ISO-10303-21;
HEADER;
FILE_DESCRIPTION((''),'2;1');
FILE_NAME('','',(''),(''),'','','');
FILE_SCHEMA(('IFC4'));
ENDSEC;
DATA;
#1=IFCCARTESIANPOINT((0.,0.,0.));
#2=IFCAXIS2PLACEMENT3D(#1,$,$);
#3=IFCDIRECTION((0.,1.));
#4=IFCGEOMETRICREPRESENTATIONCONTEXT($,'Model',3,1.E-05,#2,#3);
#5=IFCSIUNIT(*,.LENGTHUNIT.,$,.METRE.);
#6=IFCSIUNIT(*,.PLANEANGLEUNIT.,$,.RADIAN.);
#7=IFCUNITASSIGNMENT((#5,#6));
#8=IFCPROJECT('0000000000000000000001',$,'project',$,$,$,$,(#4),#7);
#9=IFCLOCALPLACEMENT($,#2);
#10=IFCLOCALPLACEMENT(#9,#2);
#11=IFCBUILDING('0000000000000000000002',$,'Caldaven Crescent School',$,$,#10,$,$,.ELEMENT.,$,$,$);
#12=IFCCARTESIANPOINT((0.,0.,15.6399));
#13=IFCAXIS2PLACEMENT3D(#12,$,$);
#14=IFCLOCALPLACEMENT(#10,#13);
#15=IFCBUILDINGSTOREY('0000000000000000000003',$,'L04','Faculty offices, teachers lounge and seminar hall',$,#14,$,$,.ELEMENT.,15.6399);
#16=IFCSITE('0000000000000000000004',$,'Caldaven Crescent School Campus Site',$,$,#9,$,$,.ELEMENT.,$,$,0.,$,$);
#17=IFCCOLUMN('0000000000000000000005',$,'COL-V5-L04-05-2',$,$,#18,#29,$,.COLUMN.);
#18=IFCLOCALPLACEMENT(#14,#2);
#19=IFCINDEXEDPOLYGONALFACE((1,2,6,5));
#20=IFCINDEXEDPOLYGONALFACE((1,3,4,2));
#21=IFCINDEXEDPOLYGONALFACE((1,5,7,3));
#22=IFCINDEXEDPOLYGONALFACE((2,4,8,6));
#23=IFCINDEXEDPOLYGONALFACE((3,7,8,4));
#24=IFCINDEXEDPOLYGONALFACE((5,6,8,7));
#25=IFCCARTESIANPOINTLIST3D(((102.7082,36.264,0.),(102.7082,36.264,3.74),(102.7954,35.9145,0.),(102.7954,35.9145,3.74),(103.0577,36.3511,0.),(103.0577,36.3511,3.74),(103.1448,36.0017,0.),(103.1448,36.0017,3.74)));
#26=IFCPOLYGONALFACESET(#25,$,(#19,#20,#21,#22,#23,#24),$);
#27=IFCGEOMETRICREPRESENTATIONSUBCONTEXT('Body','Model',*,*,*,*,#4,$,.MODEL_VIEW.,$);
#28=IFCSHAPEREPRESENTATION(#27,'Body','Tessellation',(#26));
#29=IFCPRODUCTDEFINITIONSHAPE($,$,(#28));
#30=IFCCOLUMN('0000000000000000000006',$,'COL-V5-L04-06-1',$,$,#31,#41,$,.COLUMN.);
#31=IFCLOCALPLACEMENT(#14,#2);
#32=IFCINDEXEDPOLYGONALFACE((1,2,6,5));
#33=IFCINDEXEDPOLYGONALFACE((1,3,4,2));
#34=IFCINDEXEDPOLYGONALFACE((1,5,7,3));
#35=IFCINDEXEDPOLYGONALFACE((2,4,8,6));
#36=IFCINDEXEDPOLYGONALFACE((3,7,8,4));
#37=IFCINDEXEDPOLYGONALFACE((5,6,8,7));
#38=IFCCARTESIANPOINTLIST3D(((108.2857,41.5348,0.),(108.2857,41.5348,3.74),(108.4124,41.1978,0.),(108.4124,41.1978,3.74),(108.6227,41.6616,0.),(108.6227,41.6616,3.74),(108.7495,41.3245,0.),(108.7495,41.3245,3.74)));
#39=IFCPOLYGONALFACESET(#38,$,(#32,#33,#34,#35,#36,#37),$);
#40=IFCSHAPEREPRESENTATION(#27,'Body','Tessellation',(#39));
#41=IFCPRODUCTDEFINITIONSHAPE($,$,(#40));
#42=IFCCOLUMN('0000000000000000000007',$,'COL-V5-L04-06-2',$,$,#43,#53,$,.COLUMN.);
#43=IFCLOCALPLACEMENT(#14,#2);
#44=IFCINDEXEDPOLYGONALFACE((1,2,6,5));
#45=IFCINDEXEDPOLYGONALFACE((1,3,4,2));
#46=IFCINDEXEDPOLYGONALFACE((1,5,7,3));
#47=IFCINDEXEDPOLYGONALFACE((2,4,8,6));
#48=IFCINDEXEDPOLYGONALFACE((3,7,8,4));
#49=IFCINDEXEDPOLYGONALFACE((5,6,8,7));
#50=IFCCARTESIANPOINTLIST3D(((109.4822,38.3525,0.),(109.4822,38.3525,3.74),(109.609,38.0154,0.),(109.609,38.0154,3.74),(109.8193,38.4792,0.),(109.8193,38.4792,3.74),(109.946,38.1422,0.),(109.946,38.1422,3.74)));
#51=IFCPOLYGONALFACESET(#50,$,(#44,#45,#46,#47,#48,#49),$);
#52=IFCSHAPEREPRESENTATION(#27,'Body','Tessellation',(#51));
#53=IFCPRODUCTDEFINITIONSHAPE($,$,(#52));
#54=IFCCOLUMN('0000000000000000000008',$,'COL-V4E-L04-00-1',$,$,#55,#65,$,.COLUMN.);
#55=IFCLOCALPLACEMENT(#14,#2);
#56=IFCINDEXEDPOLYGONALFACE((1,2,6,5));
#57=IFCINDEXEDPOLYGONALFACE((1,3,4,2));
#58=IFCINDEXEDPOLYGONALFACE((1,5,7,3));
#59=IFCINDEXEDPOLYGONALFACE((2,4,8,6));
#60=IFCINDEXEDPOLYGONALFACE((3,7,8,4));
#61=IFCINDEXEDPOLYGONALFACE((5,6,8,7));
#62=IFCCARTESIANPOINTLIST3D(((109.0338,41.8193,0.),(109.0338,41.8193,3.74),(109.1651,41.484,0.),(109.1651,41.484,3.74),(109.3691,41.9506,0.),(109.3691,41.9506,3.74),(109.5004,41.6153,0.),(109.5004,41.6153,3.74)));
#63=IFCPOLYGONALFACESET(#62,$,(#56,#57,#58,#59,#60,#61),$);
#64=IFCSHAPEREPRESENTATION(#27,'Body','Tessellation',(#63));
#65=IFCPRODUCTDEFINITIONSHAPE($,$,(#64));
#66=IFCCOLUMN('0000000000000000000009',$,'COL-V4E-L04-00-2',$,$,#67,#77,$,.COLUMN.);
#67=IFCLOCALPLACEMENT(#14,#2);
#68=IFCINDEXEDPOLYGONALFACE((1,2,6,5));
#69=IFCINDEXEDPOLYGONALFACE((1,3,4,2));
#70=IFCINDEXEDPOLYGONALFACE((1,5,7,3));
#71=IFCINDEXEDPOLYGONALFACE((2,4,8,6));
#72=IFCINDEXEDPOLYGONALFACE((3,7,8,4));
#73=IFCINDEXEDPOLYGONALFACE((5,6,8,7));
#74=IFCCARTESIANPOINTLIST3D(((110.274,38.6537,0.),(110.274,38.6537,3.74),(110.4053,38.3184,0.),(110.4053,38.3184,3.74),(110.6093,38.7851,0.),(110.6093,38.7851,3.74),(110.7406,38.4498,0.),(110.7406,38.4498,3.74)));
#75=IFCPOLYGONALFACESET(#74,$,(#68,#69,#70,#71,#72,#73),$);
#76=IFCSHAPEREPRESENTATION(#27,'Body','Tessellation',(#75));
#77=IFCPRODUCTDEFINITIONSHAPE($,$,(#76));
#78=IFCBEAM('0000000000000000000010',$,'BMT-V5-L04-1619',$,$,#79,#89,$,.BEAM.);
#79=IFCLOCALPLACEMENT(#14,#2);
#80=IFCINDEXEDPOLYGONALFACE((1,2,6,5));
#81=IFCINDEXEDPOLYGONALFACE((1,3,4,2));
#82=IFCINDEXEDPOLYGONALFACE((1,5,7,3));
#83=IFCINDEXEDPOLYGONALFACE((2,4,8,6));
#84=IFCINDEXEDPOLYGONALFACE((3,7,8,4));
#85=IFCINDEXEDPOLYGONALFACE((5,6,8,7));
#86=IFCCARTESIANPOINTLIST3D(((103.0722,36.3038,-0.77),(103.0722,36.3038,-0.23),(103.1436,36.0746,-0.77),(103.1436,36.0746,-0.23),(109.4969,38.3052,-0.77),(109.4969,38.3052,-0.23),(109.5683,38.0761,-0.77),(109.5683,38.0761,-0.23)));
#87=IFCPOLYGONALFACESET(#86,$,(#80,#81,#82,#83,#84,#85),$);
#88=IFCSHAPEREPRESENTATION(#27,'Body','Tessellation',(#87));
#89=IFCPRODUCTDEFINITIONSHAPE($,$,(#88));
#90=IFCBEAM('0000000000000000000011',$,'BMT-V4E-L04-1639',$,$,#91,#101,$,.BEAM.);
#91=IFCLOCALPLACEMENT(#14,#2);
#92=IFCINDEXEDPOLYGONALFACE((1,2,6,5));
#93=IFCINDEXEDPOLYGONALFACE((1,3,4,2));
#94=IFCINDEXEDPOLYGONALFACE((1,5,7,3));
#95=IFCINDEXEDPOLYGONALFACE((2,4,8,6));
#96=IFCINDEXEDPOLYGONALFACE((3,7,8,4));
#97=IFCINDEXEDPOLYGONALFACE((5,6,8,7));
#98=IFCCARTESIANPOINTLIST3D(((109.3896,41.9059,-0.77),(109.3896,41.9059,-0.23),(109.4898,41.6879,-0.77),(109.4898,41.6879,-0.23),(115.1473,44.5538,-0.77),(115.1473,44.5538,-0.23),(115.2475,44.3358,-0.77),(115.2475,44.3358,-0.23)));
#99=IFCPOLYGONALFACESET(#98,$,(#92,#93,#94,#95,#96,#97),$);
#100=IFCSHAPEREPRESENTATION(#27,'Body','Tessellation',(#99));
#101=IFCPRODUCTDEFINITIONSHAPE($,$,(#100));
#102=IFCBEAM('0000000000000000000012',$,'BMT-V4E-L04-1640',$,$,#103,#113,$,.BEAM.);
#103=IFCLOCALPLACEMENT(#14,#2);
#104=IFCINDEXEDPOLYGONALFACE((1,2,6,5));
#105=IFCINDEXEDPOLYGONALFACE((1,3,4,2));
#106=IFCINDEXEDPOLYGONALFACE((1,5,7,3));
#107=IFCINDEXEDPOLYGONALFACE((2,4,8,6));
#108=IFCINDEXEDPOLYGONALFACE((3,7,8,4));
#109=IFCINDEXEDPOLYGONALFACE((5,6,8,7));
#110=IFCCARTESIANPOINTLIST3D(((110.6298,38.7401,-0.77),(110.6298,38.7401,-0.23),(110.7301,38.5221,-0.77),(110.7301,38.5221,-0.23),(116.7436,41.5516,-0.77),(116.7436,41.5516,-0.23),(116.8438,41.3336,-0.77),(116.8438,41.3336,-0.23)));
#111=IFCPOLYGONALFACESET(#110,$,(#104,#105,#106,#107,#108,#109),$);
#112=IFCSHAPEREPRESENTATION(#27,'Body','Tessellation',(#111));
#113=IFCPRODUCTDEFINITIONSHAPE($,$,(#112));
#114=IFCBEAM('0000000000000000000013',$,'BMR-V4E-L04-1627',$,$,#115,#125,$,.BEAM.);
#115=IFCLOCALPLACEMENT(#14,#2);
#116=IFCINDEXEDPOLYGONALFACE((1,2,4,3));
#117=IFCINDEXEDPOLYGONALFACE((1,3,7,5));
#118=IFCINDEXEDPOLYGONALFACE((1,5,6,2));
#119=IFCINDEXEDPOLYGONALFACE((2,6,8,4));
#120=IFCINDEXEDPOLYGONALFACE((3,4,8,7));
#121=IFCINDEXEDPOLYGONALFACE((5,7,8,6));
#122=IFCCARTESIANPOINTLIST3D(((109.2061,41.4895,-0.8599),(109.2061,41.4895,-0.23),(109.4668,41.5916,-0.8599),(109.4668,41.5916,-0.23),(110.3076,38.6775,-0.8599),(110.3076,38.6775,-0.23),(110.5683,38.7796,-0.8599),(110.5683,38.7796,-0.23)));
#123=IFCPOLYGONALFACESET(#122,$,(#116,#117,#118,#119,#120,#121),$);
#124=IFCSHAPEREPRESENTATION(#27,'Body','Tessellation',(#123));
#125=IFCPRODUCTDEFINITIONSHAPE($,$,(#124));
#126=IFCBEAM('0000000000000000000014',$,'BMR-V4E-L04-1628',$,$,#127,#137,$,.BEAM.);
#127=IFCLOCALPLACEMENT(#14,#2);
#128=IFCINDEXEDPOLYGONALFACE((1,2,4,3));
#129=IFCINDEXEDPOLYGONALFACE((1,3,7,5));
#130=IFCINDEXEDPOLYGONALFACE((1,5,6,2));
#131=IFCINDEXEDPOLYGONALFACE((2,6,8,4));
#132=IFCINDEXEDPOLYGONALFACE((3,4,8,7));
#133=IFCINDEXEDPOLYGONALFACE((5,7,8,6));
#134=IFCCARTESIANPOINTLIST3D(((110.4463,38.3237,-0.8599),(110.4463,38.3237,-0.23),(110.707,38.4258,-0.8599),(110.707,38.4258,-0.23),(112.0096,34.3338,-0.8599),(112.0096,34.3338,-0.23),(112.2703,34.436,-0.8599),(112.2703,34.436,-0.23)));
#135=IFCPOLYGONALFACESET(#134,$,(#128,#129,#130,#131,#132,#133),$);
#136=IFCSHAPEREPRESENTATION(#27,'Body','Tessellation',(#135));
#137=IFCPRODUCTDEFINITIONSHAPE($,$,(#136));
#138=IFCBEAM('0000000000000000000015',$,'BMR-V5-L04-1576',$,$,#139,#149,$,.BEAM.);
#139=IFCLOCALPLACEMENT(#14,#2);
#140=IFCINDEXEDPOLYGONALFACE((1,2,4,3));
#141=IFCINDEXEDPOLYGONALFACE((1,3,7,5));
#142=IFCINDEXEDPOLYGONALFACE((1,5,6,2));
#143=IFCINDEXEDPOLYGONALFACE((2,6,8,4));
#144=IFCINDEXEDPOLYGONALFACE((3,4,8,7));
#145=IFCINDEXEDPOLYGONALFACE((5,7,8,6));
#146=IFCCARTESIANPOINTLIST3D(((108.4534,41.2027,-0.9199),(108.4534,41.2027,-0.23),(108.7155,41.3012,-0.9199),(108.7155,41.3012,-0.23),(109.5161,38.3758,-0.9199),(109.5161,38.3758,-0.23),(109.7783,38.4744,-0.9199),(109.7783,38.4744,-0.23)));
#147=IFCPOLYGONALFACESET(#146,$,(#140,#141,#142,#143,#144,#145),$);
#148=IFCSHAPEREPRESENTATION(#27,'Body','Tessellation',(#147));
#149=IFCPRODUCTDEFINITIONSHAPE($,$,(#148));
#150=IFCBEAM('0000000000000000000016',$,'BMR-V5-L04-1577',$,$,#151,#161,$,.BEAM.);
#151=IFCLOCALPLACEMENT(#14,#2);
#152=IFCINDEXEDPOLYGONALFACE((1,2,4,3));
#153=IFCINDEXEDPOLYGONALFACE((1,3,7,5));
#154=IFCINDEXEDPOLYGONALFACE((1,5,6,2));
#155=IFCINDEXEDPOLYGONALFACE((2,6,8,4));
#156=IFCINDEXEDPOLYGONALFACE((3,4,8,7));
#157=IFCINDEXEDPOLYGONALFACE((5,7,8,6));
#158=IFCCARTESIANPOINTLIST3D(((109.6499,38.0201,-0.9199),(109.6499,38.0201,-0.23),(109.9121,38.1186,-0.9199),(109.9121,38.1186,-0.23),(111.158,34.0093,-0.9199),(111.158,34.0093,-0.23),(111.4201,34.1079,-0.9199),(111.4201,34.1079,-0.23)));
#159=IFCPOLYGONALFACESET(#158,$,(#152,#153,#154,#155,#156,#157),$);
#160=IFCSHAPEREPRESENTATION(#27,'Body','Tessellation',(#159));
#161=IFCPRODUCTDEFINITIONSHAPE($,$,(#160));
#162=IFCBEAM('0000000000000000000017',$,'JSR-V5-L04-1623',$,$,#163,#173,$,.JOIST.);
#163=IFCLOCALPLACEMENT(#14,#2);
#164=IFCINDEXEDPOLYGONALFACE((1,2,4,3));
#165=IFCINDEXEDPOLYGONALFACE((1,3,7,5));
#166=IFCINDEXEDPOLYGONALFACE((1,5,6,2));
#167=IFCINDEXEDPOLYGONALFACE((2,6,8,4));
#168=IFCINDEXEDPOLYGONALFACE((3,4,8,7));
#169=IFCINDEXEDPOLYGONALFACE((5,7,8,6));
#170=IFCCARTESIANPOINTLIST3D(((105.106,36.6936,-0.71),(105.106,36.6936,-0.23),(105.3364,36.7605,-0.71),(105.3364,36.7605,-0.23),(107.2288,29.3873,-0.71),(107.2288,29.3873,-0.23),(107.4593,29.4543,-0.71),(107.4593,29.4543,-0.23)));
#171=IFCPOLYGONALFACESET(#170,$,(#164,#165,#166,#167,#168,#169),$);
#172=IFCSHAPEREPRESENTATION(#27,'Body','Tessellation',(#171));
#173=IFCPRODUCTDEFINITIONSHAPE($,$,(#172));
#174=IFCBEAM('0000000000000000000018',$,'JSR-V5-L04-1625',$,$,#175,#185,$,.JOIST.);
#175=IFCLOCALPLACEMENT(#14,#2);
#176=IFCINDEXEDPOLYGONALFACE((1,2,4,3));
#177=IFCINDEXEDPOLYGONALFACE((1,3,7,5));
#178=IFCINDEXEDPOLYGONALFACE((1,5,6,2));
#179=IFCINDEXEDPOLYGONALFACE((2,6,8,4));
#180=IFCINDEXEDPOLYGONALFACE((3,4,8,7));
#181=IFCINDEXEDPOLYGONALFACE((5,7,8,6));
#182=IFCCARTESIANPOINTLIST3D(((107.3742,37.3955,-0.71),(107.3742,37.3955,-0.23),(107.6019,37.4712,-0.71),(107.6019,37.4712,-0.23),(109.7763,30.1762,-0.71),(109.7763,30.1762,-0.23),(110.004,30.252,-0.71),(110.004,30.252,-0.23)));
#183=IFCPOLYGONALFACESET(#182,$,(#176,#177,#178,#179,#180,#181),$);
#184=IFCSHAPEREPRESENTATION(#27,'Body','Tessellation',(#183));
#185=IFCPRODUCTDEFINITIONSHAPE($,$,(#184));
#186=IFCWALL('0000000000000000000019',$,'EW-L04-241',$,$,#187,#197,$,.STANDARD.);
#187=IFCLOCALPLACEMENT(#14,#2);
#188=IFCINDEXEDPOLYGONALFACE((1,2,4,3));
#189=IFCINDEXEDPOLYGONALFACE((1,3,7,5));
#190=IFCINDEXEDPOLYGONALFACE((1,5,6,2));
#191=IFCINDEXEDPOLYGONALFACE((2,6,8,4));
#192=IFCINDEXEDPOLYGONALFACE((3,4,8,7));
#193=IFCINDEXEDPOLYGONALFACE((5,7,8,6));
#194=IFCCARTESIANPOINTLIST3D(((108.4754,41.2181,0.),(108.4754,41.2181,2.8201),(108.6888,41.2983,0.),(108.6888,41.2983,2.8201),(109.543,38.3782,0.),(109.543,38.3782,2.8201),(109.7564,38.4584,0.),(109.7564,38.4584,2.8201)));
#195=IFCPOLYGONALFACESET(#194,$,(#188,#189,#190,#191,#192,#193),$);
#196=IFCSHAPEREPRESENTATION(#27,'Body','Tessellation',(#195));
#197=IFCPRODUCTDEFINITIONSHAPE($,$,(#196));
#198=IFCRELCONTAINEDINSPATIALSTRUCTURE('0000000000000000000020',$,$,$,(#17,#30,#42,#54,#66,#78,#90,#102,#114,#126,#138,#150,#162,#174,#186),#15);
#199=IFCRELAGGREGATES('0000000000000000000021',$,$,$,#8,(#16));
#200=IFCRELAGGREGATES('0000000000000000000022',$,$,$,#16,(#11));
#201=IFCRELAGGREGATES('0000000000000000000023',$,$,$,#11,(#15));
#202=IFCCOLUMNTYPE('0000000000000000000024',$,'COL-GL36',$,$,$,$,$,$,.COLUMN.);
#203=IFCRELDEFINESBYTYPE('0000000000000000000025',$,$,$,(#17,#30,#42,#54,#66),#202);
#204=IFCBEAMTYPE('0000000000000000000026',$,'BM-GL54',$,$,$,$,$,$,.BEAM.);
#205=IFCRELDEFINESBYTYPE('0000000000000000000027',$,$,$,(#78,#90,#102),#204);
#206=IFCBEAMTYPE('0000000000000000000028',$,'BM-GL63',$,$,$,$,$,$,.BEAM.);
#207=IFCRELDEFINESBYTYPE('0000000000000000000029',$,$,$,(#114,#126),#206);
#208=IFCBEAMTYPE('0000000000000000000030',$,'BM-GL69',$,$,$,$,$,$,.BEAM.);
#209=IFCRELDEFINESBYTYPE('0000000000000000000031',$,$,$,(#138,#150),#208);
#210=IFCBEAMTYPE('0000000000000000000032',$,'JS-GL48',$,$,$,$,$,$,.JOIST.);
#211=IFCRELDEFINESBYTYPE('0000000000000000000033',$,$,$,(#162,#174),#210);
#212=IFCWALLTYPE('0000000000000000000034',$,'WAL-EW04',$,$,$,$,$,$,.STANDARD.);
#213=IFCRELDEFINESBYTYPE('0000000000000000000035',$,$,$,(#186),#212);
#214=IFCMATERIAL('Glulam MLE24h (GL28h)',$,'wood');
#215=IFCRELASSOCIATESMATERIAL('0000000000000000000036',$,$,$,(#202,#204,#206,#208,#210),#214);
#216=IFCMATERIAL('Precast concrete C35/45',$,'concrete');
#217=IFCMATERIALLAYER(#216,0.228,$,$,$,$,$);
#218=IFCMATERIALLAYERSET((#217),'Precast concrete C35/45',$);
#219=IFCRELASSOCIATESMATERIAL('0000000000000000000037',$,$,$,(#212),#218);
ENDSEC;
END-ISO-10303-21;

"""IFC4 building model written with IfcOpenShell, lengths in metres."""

from ifc_helpers import new_model, si_unit, direction, frame, frame_2d, origin, origin_2d, place, context, subcontext, project, spatial, rectangle, extrude, material, layer, layer_set, material_profile, profile_set, type_object, element, save


model = new_model("IFC4")

# Units and contexts
model_context = context("Model", 3, precision=1e-05, world=origin(), true_north=direction((0.0, 1.0)))
body_context = subcontext(model_context, "Body", "Model", "MODEL_VIEW")
ifc_project = project(units=[si_unit("LENGTHUNIT", "METRE"), si_unit("PLANEANGLEUNIT", "RADIAN")], contexts=[model_context])

# Site, building, storey
site_placement = place(None, origin())
site = spatial("IfcSite", under=ifc_project, at=site_placement, Name="Caldaven Crescent School Campus Site", CompositionType="ELEMENT", RefElevation=0.0)
building_placement = place(site_placement, origin())
building = spatial("IfcBuilding", under=site, at=building_placement, Name="Caldaven Crescent School", CompositionType="ELEMENT")
storey_placement = place(building_placement, frame((0.0, 0.0, 15.6399)))
storey = spatial("IfcBuildingStorey", under=building, at=storey_placement, Name="L04", Description="Faculty offices, teachers lounge and seminar hall", CompositionType="ELEMENT", Elevation=15.6399)

# Columns
ifc_material_1 = material(Name="Glulam MLE24h (GL28h)", Category="wood")
ifc_material_profile_1 = material_profile(ifc_material_1, rectangle(XDim=0.3601, YDim=0.3601, at=origin_2d()), Name="MLE 360x360")
ifc_profile_set_1 = profile_set([ifc_material_profile_1], Name="Glulam MLE24h (GL28h)")
column_type = type_object("IfcColumnType", Name="COL-GL36", PredefinedType="COLUMN", material=ifc_profile_set_1)
for number, where, z_axis, x_axis, name in (
    (1, (102.9265, 36.1328, 0.0), (0.0, 0.0, 1.0), (0.241922, -0.970296, 0.0), "COL-V5-L04-05-2"),
    (2, (108.5176, 41.4297, 0.0), (0.0, 0.0, 1.0), (0.352005, -0.935998, 0.0), "COL-V5-L04-06-1"),
    (3, (109.7141, 38.2473, 0.0), (0.0, 0.0, 1.0), (0.352005, -0.935998, 0.0), "COL-V5-L04-06-2"),
    (4, (109.2671, 41.7173, 0.0), (0.0, 0.0, 1.0), (0.364714, -0.931119, 0.0), "COL-V4E-L04-00-1"),
    (5, (110.5073, 38.5518, 0.0), (0.0, 0.0, 1.0), (0.364714, -0.931119, 0.0), "COL-V4E-L04-00-2"),
):
    element("IfcColumn", number, at=place(storey_placement, frame(where, z_axis=z_axis, x_axis=x_axis)), inside=storey, type_object=column_type, Name=name, PredefinedType="COLUMN", context=body_context, shape_type="SweptSolid", body=[
        extrude(rectangle(XDim=0.3601, YDim=0.3601, at=origin_2d()), origin(), (0.0, 0.0, 1.0), 3.74),
    ])

# Beams
ifc_material_profile_2 = material_profile(ifc_material_1, rectangle(XDim=0.24, YDim=0.54, at=origin_2d()), Name="MLE 240x540")
ifc_profile_set_2 = profile_set([ifc_material_profile_2], Name="Glulam MLE24h (GL28h)")
beam_type_1 = type_object("IfcBeamType", Name="BM-GL54", PredefinedType="BEAM", material=ifc_profile_set_2)
beam_1_placement = place(storey_placement, frame((103.1079, 36.1892, -0.5), z_axis=(0.954746, 0.297424, 0.0), x_axis=(-0.297424, 0.954746, 0.0)))
element("IfcBeam", 6, at=beam_1_placement, inside=storey, type_object=beam_type_1, Name="BMT-V5-L04-1619", PredefinedType="BEAM", context=body_context, shape_type="SweptSolid", body=[
    extrude(rectangle(XDim=0.24, YDim=0.54, at=origin_2d()), origin(), (0.0, 0.0, 1.0), 6.7292),
])
beam_2_placement = place(storey_placement, frame((109.4397, 41.7969, -0.5), z_axis=(0.908529, 0.417822, 0.0), x_axis=(-0.417822, 0.908529, 0.0)))
element("IfcBeam", 7, at=beam_2_placement, inside=storey, type_object=beam_type_1, Name="BMT-V4E-L04-1639", PredefinedType="BEAM", context=body_context, shape_type="SweptSolid", body=[
    extrude(rectangle(XDim=0.24, YDim=0.54, at=origin_2d()), origin(), (0.0, 0.0, 1.0), 6.3374),
])
beam_3_placement = place(storey_placement, frame((110.6799, 38.6311, -0.5), z_axis=(0.908536, 0.417806, 0.0), x_axis=(-0.417806, 0.908536, 0.0)))
element("IfcBeam", 8, at=beam_3_placement, inside=storey, type_object=beam_type_1, Name="BMT-V4E-L04-1640", PredefinedType="BEAM", context=body_context, shape_type="SweptSolid", body=[
    extrude(rectangle(XDim=0.24, YDim=0.54, at=origin_2d()), origin(), (0.0, 0.0, 1.0), 6.7292),
])
ifc_material_profile_3 = material_profile(ifc_material_1, rectangle(XDim=0.28, YDim=0.6299, at=origin_2d()), Name="MLE 280x630")
ifc_profile_set_3 = profile_set([ifc_material_profile_3], Name="Glulam MLE24h (GL28h)")
beam_type_2 = type_object("IfcBeamType", Name="BM-GL63", PredefinedType="BEAM", material=ifc_profile_set_3)
beam_4_placement = place(storey_placement, frame((109.3364, 41.5405, -0.5449), z_axis=(0.364747, -0.931107, 0.0), x_axis=(0.931107, 0.364747, 0.0)))
element("IfcBeam", 9, at=beam_4_placement, inside=storey, type_object=beam_type_2, Name="BMR-V4E-L04-1627", PredefinedType="BEAM", context=body_context, shape_type="SweptSolid", body=[
    extrude(rectangle(XDim=0.28, YDim=0.6299, at=origin_2d()), origin(), (0.0, 0.0, 1.0), 3.02),
])
beam_5_placement = place(storey_placement, frame((110.5767, 38.3748, -0.5449), z_axis=(0.36481, -0.931082, 0.0), x_axis=(0.931082, 0.36481, 0.0)))
element("IfcBeam", 10, at=beam_5_placement, inside=storey, type_object=beam_type_2, Name="BMR-V4E-L04-1628", PredefinedType="BEAM", context=body_context, shape_type="SweptSolid", body=[
    extrude(rectangle(XDim=0.28, YDim=0.6299, at=origin_2d()), origin(), (0.0, 0.0, 1.0), 4.2852),
])
ifc_material_profile_4 = material_profile(ifc_material_1, rectangle(XDim=0.28, YDim=0.6899, at=origin_2d()), Name="MLE 280x690")
ifc_profile_set_4 = profile_set([ifc_material_profile_4], Name="Glulam MLE24h (GL28h)")
beam_type_3 = type_object("IfcBeamType", Name="BM-GL69", PredefinedType="BEAM", material=ifc_profile_set_4)
beam_6_placement = place(storey_placement, frame((108.5845, 41.252, -0.575), z_axis=(0.351894, -0.93604, 0.0), x_axis=(0.93604, 0.351894, 0.0)))
element("IfcBeam", 11, at=beam_6_placement, inside=storey, type_object=beam_type_3, Name="BMR-V5-L04-1576", PredefinedType="BEAM", context=body_context, shape_type="SweptSolid", body=[
    extrude(rectangle(XDim=0.28, YDim=0.6899, at=origin_2d()), origin(), (0.0, 0.0, 1.0), 3.02),
])
beam_7_placement = place(storey_placement, frame((109.781, 38.0693, -0.575), z_axis=(0.351948, -0.93602, 0.0), x_axis=(0.93602, 0.351948, 0.0)))
element("IfcBeam", 12, at=beam_7_placement, inside=storey, type_object=beam_type_3, Name="BMR-V5-L04-1577", PredefinedType="BEAM", context=body_context, shape_type="SweptSolid", body=[
    extrude(rectangle(XDim=0.28, YDim=0.6899, at=origin_2d()), origin(), (0.0, 0.0, 1.0), 4.2849),
])
ifc_material_profile_5 = material_profile(ifc_material_1, rectangle(XDim=0.24, YDim=0.48, at=origin_2d()), Name="MLE 240x480")
ifc_profile_set_5 = profile_set([ifc_material_profile_5], Name="Glulam MLE24h (GL28h)")
beam_type_4 = type_object("IfcBeamType", Name="JS-GL48", PredefinedType="JOIST", material=ifc_profile_set_5)
for number, where, z_axis, x_axis, name in (
    (13, (105.2212, 36.7271, -0.47), (0.279012, -0.960288, 0.0), (0.960288, 0.279012, 0.0), "JSR-V5-L04-1623"),
    (14, (107.488, 37.4333, -0.47), (0.315718, -0.948853, 0.0), (0.948853, 0.315718, 0.0), "JSR-V5-L04-1625"),
):
    element("IfcBeam", number, at=place(storey_placement, frame(where, z_axis=z_axis, x_axis=x_axis)), inside=storey, type_object=beam_type_4, Name=name, PredefinedType="JOIST", context=body_context, shape_type="SweptSolid", body=[
        extrude(rectangle(XDim=0.24, YDim=0.48, at=origin_2d()), origin(), (0.0, 0.0, 1.0), 7.6084),
    ])

# Wall
ifc_material_2 = material(Name="Precast concrete C35/45", Category="concrete")
ifc_layer_1 = layer(ifc_material_2, 0.228)
ifc_layer_set_1 = layer_set([ifc_layer_1], Name="Precast concrete C35/45")
wall_type_1 = type_object("IfcWallType", Name="WAL-EW04", PredefinedType="STANDARD", material=ifc_layer_set_1)
wall_1_placement = place(storey_placement, frame((108.582, 41.2583, 0.0), z_axis=(0.0, 0.0, 1.0), x_axis=(0.351899, -0.936038, 0.0)))
element("IfcWall", 15, at=wall_1_placement, inside=storey, type_object=wall_type_1, Name="EW-L04-241", PredefinedType="STANDARD", context=body_context, shape_type="SweptSolid", body=[
    extrude(rectangle(XDim=3.0339, YDim=0.228, at=frame_2d((1.5171, 0.0))), origin(), (0.0, 0.0, 1.0), 2.8201),
])

save(model, "model.ifc")
